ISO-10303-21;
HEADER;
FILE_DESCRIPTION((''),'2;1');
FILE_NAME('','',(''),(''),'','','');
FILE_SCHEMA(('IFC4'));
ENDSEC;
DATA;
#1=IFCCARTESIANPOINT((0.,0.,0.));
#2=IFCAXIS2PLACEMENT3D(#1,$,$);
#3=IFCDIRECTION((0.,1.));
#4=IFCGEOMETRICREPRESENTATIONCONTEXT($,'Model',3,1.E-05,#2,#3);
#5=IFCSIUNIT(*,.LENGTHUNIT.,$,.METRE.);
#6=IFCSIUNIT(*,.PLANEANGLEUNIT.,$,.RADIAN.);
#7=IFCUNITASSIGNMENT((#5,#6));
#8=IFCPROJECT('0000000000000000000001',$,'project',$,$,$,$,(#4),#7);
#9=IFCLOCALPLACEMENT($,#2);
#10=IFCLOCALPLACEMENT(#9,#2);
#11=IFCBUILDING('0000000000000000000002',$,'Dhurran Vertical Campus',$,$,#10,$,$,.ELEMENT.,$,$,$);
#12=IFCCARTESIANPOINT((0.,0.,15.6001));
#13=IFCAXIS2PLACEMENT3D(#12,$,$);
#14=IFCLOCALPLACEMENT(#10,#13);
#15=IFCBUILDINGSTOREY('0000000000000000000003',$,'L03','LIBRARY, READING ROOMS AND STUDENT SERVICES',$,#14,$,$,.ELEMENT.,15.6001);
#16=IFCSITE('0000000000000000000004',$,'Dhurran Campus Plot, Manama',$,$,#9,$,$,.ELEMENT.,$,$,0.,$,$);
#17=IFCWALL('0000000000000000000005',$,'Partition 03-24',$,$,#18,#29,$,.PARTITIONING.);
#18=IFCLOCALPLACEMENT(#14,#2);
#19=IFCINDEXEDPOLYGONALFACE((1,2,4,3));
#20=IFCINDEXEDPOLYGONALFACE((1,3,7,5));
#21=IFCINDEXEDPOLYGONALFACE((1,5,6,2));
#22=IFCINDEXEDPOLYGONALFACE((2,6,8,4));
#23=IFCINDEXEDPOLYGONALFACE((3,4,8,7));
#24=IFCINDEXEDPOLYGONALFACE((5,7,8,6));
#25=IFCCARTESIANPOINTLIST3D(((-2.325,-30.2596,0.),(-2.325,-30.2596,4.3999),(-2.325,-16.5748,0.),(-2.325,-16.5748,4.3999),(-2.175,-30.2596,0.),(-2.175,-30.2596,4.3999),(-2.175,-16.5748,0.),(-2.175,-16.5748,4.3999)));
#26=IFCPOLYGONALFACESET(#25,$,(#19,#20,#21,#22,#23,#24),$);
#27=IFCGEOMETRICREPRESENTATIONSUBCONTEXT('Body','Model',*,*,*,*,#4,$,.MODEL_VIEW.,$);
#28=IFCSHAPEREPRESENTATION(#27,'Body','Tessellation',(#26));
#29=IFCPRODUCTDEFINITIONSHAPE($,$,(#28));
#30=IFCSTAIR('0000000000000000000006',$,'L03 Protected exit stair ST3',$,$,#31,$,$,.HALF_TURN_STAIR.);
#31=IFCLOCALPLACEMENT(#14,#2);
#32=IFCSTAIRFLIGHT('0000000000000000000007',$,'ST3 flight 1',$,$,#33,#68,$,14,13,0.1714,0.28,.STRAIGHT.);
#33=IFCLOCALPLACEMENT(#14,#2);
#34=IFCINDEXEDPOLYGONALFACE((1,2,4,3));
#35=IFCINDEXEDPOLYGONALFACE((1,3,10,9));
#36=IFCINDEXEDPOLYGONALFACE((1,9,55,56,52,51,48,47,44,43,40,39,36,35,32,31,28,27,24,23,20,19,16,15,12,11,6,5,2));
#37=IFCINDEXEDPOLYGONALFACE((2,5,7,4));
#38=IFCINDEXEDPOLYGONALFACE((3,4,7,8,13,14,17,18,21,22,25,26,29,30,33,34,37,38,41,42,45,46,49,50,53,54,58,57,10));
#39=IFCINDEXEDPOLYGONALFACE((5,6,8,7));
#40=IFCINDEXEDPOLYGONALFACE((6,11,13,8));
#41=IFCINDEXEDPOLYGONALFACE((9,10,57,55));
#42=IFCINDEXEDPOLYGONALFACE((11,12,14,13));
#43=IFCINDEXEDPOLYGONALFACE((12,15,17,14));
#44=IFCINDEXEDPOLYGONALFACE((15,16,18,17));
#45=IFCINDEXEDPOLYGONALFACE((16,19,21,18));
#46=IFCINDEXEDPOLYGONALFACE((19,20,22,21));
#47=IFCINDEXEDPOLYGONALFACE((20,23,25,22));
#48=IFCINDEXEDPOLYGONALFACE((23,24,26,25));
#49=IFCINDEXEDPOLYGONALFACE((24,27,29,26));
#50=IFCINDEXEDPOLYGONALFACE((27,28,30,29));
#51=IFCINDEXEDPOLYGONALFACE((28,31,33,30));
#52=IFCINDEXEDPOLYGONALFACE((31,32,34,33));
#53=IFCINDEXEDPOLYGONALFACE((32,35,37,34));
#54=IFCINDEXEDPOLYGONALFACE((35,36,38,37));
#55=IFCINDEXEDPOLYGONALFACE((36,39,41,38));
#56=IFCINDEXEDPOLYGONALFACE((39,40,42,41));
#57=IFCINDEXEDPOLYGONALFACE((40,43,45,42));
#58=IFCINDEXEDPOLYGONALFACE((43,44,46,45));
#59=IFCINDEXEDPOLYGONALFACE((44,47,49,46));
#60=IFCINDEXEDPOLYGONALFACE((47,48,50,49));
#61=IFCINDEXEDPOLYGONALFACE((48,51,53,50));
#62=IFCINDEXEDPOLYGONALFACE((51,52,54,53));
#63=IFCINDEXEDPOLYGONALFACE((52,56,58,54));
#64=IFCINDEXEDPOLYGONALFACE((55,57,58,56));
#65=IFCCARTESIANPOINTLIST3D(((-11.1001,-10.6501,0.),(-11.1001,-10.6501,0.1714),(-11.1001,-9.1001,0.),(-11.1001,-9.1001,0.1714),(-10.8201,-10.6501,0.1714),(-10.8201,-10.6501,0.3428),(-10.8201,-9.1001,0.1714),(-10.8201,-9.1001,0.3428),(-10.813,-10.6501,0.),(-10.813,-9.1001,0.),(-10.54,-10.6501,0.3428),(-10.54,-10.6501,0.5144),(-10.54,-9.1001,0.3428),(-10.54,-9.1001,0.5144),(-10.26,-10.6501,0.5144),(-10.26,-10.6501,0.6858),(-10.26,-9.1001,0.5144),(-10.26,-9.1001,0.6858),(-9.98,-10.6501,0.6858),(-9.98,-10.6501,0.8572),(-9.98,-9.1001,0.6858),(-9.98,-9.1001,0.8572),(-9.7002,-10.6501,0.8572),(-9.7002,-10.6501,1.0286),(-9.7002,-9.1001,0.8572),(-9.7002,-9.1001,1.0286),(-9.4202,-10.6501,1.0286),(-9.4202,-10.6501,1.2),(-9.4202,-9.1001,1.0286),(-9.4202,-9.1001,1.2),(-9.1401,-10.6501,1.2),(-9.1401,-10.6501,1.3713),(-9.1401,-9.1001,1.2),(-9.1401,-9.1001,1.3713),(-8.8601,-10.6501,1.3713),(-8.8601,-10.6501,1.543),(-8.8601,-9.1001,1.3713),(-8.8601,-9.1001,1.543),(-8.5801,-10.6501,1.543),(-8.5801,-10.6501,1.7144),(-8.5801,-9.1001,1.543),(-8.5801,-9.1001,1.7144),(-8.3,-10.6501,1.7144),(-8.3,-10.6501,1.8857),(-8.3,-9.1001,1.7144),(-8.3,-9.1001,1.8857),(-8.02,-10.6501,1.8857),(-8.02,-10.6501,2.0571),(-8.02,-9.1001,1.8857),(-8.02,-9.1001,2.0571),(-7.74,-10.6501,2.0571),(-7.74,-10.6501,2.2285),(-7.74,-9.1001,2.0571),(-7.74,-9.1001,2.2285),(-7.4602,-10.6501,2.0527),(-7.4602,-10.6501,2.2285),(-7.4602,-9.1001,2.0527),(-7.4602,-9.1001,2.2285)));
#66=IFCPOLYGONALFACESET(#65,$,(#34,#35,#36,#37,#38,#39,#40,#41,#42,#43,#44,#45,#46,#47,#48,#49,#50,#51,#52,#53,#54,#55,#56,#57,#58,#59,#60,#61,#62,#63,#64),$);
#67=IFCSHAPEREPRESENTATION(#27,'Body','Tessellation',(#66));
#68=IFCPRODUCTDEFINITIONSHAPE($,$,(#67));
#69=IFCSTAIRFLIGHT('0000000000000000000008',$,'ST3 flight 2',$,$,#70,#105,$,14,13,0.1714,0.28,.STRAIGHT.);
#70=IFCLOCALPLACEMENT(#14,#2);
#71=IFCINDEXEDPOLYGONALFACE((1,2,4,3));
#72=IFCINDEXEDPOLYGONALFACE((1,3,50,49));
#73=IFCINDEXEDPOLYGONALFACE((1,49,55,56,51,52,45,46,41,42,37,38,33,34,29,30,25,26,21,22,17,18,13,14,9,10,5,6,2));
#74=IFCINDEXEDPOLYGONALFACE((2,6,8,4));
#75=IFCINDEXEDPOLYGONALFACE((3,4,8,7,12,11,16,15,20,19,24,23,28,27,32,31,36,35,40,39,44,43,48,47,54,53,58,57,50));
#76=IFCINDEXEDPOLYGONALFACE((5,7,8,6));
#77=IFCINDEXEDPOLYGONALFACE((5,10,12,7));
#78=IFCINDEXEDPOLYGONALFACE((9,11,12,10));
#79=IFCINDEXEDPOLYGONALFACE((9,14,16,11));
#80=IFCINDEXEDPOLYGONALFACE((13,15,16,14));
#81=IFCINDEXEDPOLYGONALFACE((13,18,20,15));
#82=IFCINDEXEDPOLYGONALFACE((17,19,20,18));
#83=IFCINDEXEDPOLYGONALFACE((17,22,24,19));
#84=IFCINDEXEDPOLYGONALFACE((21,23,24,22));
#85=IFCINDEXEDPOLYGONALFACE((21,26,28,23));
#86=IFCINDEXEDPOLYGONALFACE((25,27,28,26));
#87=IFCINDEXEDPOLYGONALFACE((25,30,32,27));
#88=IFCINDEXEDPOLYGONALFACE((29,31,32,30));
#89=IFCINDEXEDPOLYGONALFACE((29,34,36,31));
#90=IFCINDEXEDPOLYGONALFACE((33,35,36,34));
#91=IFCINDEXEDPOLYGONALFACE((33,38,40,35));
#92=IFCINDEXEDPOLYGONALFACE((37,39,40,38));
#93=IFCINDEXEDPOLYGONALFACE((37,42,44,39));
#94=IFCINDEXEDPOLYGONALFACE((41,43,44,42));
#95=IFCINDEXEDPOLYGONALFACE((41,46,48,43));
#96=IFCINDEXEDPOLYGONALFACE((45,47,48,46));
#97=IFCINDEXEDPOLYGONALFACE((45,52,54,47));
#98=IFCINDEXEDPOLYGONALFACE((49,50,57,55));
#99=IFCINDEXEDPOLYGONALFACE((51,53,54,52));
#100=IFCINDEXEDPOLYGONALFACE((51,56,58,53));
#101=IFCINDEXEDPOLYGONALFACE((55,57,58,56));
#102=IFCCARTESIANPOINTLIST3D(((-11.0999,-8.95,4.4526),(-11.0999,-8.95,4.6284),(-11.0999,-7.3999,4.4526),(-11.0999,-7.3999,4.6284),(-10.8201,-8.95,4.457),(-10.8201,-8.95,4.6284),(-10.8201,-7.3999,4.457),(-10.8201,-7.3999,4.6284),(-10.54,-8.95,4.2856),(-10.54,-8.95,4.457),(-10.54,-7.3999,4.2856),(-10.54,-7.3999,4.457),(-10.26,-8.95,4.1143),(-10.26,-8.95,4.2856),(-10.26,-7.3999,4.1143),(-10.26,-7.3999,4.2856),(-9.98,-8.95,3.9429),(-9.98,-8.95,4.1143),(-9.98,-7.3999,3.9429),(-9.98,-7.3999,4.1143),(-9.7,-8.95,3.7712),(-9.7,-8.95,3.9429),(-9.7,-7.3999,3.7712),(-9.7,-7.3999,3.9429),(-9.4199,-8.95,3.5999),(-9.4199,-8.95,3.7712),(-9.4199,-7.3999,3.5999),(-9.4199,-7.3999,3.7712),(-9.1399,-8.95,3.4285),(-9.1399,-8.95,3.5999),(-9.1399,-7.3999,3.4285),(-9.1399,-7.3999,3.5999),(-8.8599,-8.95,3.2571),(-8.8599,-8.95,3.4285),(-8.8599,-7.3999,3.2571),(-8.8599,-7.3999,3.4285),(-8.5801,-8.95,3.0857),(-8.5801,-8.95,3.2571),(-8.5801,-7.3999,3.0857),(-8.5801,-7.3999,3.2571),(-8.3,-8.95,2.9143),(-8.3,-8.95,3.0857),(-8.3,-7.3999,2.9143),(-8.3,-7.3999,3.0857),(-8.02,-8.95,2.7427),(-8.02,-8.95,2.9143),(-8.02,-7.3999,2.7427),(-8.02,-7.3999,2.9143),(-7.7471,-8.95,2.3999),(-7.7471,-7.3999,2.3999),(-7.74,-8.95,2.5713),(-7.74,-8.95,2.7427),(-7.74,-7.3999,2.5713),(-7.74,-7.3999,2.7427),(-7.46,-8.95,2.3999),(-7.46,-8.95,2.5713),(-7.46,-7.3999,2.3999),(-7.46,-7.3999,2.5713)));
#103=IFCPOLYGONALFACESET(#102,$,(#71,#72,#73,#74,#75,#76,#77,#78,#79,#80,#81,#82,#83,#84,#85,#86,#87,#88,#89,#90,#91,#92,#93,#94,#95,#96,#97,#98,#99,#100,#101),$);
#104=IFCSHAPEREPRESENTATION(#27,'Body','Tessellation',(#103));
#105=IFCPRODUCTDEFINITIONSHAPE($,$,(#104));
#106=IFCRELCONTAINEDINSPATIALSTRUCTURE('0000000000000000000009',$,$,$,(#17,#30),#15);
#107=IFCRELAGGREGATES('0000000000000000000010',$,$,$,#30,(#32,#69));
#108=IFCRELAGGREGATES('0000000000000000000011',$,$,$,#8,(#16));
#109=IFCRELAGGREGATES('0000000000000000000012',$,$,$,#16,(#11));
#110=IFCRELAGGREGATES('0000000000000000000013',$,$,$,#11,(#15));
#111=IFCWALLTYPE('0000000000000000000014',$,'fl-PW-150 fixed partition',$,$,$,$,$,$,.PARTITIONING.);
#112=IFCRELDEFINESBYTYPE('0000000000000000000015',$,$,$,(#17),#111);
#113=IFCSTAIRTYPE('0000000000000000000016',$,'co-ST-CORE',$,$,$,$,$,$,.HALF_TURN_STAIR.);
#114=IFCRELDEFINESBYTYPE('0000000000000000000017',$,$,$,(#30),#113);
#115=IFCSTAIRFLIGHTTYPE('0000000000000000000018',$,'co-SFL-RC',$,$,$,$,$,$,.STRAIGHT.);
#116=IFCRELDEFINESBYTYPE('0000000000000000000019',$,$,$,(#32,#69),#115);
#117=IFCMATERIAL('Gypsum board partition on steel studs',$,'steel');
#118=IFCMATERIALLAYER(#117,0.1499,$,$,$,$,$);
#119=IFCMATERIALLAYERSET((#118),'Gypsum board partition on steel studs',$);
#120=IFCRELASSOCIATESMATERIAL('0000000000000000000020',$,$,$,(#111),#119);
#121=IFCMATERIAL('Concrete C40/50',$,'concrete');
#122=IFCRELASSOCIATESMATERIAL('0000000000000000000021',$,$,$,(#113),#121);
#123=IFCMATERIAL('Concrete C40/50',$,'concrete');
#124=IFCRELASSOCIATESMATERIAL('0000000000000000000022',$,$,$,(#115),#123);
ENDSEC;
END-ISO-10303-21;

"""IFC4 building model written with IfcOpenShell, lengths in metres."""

from ifc_helpers import new_model, si_unit, direction, frame, frame_2d, origin, place, context, subcontext, project, spatial, polyline, rectangle, outline, extrude, material, layer, layer_set, type_object, element, aggregate, save


model = new_model("IFC4")

# Units and contexts
model_context = context("Model", 3, precision=1e-05, world=origin(), true_north=direction((0.0, 1.0)))
body_context = subcontext(model_context, "Body", "Model", "MODEL_VIEW")
ifc_project = project(units=[si_unit("LENGTHUNIT", "METRE"), si_unit("PLANEANGLEUNIT", "RADIAN")], contexts=[model_context])

# Site, building, storey
site_placement = place(None, origin())
site = spatial("IfcSite", under=ifc_project, at=site_placement, Name="Dhurran Campus Plot, Manama", CompositionType="ELEMENT", RefElevation=0.0)
building_placement = place(site_placement, origin())
building = spatial("IfcBuilding", under=site, at=building_placement, Name="Dhurran Vertical Campus", CompositionType="ELEMENT")
storey_placement = place(building_placement, frame((0.0, 0.0, 15.6001)))
storey = spatial("IfcBuildingStorey", under=building, at=storey_placement, Name="L03", Description="LIBRARY, READING ROOMS AND STUDENT SERVICES", CompositionType="ELEMENT", Elevation=15.6001)

# Wall
ifc_material_1 = material(Name="Gypsum board partition on steel studs", Category="steel")
ifc_layer_1 = layer(ifc_material_1, 0.1499)
ifc_layer_set_1 = layer_set([ifc_layer_1], Name="Gypsum board partition on steel studs")
wall_type_1 = type_object("IfcWallType", Name="fl-PW-150 fixed partition", PredefinedType="PARTITIONING", material=ifc_layer_set_1)
wall_1_placement = place(storey_placement, frame((-2.25, -16.575, 0.0), z_axis=(0.0, 0.0, 1.0), x_axis=(0.0, -1.0, 0.0)))
element("IfcWall", 1, at=wall_1_placement, inside=storey, type_object=wall_type_1, Name="Partition 03-24", PredefinedType="PARTITIONING", context=body_context, shape_type="SweptSolid", body=[
    extrude(rectangle(XDim=13.6848, YDim=0.1499, at=frame_2d((6.8423, 0.0))), origin(), (0.0, 0.0, 1.0), 4.3999),
])

# Stair, stair flights
ifc_material_2 = material(Name="Concrete C40/50", Category="concrete")
stair_type = type_object("IfcStairType", Name="co-ST-CORE", PredefinedType="HALF_TURN_STAIR", material=ifc_material_2)
stair_placement = place(storey_placement, origin())
stair = element("IfcStair", 2, at=stair_placement, inside=storey, type_object=stair_type, Name="L03 Protected exit stair ST3", PredefinedType="HALF_TURN_STAIR")
ifc_material_3 = material(Name="Concrete C40/50", Category="concrete")
stair_flight_type = type_object("IfcStairFlightType", Name="co-SFL-RC", PredefinedType="STRAIGHT", material=ifc_material_3)
stair_flight_1_placement = place(storey_placement, frame((-11.1001, -9.875, 0.0), z_axis=(0.0, 0.0, 1.0), x_axis=(1.0, 0.0, 0.0)))
stair_flight_1 = element("IfcStairFlight", 3, at=stair_flight_1_placement, type_object=stair_flight_type, Name="ST3 flight 1", NumberOfRisers=14, NumberOfTreads=13, PredefinedType="STRAIGHT", RiserHeight=0.1714, TreadLength=0.28, context=body_context, shape_type="SweptSolid", body=[
    extrude(outline(polyline([(0.0, 0.0), (0.0, 0.1714), (0.28, 0.1714), (0.28, 0.3428), (0.5601, 0.3428), (0.5601, 0.5144), (0.8401, 0.5144), (0.8401, 0.6858), (1.1201, 0.6858), (1.1201, 0.8572), (1.3999, 0.8572), (1.3999, 1.0286), (1.6799, 1.0286), (1.6799, 1.2), (1.96, 1.2), (1.96, 1.3713), (2.24, 1.3713), (2.24, 1.543), (2.52, 1.543), (2.52, 1.7144), (2.8, 1.7144), (2.8, 1.8857), (3.0801, 1.8857), (3.0801, 2.0571), (3.3601, 2.0571), (3.3601, 2.2285), (3.6399, 2.2285), (3.6399, 2.3999), (3.6399, 2.0527), (0.2871, 0.0), (0.0, 0.0)])), frame((0.0, 0.7749, 0.0), z_axis=(0.0, -1.0, 0.0), x_axis=(1.0, 0.0, 0.0)), (0.0, 0.0, 1.0), 1.55),
])
stair_flight_2_placement = place(storey_placement, frame((-7.46, -8.175, 2.3999), z_axis=(0.0, 0.0, 1.0), x_axis=(-1.0, 0.0, 0.0)))
stair_flight_2 = element("IfcStairFlight", 4, at=stair_flight_2_placement, type_object=stair_flight_type, Name="ST3 flight 2", NumberOfRisers=14, NumberOfTreads=13, PredefinedType="STRAIGHT", RiserHeight=0.1714, TreadLength=0.28, context=body_context, shape_type="SweptSolid", body=[
    extrude(outline(polyline([(0.0, 0.0), (0.0, 0.1714), (0.28, 0.1714), (0.28, 0.3428), (0.5601, 0.3428), (0.5601, 0.5144), (0.8401, 0.5144), (0.8401, 0.6858), (1.1201, 0.6858), (1.1201, 0.8572), (1.3999, 0.8572), (1.3999, 1.0286), (1.6799, 1.0286), (1.6799, 1.2), (1.96, 1.2), (1.96, 1.3713), (2.24, 1.3713), (2.24, 1.543), (2.52, 1.543), (2.52, 1.7144), (2.8, 1.7144), (2.8, 1.8857), (3.0801, 1.8857), (3.0801, 2.0571), (3.3601, 2.0571), (3.3601, 2.2285), (3.6399, 2.2285), (3.6399, 2.3999), (3.6399, 2.0527), (0.2871, 0.0), (0.0, 0.0)])), frame((0.0, 0.7749, 0.0), z_axis=(0.0, -1.0, 0.0), x_axis=(1.0, 0.0, 0.0)), (0.0, 0.0, 1.0), 1.55),
])
aggregate(stair, [stair_flight_1, stair_flight_2])

save(model, "model.ifc")
